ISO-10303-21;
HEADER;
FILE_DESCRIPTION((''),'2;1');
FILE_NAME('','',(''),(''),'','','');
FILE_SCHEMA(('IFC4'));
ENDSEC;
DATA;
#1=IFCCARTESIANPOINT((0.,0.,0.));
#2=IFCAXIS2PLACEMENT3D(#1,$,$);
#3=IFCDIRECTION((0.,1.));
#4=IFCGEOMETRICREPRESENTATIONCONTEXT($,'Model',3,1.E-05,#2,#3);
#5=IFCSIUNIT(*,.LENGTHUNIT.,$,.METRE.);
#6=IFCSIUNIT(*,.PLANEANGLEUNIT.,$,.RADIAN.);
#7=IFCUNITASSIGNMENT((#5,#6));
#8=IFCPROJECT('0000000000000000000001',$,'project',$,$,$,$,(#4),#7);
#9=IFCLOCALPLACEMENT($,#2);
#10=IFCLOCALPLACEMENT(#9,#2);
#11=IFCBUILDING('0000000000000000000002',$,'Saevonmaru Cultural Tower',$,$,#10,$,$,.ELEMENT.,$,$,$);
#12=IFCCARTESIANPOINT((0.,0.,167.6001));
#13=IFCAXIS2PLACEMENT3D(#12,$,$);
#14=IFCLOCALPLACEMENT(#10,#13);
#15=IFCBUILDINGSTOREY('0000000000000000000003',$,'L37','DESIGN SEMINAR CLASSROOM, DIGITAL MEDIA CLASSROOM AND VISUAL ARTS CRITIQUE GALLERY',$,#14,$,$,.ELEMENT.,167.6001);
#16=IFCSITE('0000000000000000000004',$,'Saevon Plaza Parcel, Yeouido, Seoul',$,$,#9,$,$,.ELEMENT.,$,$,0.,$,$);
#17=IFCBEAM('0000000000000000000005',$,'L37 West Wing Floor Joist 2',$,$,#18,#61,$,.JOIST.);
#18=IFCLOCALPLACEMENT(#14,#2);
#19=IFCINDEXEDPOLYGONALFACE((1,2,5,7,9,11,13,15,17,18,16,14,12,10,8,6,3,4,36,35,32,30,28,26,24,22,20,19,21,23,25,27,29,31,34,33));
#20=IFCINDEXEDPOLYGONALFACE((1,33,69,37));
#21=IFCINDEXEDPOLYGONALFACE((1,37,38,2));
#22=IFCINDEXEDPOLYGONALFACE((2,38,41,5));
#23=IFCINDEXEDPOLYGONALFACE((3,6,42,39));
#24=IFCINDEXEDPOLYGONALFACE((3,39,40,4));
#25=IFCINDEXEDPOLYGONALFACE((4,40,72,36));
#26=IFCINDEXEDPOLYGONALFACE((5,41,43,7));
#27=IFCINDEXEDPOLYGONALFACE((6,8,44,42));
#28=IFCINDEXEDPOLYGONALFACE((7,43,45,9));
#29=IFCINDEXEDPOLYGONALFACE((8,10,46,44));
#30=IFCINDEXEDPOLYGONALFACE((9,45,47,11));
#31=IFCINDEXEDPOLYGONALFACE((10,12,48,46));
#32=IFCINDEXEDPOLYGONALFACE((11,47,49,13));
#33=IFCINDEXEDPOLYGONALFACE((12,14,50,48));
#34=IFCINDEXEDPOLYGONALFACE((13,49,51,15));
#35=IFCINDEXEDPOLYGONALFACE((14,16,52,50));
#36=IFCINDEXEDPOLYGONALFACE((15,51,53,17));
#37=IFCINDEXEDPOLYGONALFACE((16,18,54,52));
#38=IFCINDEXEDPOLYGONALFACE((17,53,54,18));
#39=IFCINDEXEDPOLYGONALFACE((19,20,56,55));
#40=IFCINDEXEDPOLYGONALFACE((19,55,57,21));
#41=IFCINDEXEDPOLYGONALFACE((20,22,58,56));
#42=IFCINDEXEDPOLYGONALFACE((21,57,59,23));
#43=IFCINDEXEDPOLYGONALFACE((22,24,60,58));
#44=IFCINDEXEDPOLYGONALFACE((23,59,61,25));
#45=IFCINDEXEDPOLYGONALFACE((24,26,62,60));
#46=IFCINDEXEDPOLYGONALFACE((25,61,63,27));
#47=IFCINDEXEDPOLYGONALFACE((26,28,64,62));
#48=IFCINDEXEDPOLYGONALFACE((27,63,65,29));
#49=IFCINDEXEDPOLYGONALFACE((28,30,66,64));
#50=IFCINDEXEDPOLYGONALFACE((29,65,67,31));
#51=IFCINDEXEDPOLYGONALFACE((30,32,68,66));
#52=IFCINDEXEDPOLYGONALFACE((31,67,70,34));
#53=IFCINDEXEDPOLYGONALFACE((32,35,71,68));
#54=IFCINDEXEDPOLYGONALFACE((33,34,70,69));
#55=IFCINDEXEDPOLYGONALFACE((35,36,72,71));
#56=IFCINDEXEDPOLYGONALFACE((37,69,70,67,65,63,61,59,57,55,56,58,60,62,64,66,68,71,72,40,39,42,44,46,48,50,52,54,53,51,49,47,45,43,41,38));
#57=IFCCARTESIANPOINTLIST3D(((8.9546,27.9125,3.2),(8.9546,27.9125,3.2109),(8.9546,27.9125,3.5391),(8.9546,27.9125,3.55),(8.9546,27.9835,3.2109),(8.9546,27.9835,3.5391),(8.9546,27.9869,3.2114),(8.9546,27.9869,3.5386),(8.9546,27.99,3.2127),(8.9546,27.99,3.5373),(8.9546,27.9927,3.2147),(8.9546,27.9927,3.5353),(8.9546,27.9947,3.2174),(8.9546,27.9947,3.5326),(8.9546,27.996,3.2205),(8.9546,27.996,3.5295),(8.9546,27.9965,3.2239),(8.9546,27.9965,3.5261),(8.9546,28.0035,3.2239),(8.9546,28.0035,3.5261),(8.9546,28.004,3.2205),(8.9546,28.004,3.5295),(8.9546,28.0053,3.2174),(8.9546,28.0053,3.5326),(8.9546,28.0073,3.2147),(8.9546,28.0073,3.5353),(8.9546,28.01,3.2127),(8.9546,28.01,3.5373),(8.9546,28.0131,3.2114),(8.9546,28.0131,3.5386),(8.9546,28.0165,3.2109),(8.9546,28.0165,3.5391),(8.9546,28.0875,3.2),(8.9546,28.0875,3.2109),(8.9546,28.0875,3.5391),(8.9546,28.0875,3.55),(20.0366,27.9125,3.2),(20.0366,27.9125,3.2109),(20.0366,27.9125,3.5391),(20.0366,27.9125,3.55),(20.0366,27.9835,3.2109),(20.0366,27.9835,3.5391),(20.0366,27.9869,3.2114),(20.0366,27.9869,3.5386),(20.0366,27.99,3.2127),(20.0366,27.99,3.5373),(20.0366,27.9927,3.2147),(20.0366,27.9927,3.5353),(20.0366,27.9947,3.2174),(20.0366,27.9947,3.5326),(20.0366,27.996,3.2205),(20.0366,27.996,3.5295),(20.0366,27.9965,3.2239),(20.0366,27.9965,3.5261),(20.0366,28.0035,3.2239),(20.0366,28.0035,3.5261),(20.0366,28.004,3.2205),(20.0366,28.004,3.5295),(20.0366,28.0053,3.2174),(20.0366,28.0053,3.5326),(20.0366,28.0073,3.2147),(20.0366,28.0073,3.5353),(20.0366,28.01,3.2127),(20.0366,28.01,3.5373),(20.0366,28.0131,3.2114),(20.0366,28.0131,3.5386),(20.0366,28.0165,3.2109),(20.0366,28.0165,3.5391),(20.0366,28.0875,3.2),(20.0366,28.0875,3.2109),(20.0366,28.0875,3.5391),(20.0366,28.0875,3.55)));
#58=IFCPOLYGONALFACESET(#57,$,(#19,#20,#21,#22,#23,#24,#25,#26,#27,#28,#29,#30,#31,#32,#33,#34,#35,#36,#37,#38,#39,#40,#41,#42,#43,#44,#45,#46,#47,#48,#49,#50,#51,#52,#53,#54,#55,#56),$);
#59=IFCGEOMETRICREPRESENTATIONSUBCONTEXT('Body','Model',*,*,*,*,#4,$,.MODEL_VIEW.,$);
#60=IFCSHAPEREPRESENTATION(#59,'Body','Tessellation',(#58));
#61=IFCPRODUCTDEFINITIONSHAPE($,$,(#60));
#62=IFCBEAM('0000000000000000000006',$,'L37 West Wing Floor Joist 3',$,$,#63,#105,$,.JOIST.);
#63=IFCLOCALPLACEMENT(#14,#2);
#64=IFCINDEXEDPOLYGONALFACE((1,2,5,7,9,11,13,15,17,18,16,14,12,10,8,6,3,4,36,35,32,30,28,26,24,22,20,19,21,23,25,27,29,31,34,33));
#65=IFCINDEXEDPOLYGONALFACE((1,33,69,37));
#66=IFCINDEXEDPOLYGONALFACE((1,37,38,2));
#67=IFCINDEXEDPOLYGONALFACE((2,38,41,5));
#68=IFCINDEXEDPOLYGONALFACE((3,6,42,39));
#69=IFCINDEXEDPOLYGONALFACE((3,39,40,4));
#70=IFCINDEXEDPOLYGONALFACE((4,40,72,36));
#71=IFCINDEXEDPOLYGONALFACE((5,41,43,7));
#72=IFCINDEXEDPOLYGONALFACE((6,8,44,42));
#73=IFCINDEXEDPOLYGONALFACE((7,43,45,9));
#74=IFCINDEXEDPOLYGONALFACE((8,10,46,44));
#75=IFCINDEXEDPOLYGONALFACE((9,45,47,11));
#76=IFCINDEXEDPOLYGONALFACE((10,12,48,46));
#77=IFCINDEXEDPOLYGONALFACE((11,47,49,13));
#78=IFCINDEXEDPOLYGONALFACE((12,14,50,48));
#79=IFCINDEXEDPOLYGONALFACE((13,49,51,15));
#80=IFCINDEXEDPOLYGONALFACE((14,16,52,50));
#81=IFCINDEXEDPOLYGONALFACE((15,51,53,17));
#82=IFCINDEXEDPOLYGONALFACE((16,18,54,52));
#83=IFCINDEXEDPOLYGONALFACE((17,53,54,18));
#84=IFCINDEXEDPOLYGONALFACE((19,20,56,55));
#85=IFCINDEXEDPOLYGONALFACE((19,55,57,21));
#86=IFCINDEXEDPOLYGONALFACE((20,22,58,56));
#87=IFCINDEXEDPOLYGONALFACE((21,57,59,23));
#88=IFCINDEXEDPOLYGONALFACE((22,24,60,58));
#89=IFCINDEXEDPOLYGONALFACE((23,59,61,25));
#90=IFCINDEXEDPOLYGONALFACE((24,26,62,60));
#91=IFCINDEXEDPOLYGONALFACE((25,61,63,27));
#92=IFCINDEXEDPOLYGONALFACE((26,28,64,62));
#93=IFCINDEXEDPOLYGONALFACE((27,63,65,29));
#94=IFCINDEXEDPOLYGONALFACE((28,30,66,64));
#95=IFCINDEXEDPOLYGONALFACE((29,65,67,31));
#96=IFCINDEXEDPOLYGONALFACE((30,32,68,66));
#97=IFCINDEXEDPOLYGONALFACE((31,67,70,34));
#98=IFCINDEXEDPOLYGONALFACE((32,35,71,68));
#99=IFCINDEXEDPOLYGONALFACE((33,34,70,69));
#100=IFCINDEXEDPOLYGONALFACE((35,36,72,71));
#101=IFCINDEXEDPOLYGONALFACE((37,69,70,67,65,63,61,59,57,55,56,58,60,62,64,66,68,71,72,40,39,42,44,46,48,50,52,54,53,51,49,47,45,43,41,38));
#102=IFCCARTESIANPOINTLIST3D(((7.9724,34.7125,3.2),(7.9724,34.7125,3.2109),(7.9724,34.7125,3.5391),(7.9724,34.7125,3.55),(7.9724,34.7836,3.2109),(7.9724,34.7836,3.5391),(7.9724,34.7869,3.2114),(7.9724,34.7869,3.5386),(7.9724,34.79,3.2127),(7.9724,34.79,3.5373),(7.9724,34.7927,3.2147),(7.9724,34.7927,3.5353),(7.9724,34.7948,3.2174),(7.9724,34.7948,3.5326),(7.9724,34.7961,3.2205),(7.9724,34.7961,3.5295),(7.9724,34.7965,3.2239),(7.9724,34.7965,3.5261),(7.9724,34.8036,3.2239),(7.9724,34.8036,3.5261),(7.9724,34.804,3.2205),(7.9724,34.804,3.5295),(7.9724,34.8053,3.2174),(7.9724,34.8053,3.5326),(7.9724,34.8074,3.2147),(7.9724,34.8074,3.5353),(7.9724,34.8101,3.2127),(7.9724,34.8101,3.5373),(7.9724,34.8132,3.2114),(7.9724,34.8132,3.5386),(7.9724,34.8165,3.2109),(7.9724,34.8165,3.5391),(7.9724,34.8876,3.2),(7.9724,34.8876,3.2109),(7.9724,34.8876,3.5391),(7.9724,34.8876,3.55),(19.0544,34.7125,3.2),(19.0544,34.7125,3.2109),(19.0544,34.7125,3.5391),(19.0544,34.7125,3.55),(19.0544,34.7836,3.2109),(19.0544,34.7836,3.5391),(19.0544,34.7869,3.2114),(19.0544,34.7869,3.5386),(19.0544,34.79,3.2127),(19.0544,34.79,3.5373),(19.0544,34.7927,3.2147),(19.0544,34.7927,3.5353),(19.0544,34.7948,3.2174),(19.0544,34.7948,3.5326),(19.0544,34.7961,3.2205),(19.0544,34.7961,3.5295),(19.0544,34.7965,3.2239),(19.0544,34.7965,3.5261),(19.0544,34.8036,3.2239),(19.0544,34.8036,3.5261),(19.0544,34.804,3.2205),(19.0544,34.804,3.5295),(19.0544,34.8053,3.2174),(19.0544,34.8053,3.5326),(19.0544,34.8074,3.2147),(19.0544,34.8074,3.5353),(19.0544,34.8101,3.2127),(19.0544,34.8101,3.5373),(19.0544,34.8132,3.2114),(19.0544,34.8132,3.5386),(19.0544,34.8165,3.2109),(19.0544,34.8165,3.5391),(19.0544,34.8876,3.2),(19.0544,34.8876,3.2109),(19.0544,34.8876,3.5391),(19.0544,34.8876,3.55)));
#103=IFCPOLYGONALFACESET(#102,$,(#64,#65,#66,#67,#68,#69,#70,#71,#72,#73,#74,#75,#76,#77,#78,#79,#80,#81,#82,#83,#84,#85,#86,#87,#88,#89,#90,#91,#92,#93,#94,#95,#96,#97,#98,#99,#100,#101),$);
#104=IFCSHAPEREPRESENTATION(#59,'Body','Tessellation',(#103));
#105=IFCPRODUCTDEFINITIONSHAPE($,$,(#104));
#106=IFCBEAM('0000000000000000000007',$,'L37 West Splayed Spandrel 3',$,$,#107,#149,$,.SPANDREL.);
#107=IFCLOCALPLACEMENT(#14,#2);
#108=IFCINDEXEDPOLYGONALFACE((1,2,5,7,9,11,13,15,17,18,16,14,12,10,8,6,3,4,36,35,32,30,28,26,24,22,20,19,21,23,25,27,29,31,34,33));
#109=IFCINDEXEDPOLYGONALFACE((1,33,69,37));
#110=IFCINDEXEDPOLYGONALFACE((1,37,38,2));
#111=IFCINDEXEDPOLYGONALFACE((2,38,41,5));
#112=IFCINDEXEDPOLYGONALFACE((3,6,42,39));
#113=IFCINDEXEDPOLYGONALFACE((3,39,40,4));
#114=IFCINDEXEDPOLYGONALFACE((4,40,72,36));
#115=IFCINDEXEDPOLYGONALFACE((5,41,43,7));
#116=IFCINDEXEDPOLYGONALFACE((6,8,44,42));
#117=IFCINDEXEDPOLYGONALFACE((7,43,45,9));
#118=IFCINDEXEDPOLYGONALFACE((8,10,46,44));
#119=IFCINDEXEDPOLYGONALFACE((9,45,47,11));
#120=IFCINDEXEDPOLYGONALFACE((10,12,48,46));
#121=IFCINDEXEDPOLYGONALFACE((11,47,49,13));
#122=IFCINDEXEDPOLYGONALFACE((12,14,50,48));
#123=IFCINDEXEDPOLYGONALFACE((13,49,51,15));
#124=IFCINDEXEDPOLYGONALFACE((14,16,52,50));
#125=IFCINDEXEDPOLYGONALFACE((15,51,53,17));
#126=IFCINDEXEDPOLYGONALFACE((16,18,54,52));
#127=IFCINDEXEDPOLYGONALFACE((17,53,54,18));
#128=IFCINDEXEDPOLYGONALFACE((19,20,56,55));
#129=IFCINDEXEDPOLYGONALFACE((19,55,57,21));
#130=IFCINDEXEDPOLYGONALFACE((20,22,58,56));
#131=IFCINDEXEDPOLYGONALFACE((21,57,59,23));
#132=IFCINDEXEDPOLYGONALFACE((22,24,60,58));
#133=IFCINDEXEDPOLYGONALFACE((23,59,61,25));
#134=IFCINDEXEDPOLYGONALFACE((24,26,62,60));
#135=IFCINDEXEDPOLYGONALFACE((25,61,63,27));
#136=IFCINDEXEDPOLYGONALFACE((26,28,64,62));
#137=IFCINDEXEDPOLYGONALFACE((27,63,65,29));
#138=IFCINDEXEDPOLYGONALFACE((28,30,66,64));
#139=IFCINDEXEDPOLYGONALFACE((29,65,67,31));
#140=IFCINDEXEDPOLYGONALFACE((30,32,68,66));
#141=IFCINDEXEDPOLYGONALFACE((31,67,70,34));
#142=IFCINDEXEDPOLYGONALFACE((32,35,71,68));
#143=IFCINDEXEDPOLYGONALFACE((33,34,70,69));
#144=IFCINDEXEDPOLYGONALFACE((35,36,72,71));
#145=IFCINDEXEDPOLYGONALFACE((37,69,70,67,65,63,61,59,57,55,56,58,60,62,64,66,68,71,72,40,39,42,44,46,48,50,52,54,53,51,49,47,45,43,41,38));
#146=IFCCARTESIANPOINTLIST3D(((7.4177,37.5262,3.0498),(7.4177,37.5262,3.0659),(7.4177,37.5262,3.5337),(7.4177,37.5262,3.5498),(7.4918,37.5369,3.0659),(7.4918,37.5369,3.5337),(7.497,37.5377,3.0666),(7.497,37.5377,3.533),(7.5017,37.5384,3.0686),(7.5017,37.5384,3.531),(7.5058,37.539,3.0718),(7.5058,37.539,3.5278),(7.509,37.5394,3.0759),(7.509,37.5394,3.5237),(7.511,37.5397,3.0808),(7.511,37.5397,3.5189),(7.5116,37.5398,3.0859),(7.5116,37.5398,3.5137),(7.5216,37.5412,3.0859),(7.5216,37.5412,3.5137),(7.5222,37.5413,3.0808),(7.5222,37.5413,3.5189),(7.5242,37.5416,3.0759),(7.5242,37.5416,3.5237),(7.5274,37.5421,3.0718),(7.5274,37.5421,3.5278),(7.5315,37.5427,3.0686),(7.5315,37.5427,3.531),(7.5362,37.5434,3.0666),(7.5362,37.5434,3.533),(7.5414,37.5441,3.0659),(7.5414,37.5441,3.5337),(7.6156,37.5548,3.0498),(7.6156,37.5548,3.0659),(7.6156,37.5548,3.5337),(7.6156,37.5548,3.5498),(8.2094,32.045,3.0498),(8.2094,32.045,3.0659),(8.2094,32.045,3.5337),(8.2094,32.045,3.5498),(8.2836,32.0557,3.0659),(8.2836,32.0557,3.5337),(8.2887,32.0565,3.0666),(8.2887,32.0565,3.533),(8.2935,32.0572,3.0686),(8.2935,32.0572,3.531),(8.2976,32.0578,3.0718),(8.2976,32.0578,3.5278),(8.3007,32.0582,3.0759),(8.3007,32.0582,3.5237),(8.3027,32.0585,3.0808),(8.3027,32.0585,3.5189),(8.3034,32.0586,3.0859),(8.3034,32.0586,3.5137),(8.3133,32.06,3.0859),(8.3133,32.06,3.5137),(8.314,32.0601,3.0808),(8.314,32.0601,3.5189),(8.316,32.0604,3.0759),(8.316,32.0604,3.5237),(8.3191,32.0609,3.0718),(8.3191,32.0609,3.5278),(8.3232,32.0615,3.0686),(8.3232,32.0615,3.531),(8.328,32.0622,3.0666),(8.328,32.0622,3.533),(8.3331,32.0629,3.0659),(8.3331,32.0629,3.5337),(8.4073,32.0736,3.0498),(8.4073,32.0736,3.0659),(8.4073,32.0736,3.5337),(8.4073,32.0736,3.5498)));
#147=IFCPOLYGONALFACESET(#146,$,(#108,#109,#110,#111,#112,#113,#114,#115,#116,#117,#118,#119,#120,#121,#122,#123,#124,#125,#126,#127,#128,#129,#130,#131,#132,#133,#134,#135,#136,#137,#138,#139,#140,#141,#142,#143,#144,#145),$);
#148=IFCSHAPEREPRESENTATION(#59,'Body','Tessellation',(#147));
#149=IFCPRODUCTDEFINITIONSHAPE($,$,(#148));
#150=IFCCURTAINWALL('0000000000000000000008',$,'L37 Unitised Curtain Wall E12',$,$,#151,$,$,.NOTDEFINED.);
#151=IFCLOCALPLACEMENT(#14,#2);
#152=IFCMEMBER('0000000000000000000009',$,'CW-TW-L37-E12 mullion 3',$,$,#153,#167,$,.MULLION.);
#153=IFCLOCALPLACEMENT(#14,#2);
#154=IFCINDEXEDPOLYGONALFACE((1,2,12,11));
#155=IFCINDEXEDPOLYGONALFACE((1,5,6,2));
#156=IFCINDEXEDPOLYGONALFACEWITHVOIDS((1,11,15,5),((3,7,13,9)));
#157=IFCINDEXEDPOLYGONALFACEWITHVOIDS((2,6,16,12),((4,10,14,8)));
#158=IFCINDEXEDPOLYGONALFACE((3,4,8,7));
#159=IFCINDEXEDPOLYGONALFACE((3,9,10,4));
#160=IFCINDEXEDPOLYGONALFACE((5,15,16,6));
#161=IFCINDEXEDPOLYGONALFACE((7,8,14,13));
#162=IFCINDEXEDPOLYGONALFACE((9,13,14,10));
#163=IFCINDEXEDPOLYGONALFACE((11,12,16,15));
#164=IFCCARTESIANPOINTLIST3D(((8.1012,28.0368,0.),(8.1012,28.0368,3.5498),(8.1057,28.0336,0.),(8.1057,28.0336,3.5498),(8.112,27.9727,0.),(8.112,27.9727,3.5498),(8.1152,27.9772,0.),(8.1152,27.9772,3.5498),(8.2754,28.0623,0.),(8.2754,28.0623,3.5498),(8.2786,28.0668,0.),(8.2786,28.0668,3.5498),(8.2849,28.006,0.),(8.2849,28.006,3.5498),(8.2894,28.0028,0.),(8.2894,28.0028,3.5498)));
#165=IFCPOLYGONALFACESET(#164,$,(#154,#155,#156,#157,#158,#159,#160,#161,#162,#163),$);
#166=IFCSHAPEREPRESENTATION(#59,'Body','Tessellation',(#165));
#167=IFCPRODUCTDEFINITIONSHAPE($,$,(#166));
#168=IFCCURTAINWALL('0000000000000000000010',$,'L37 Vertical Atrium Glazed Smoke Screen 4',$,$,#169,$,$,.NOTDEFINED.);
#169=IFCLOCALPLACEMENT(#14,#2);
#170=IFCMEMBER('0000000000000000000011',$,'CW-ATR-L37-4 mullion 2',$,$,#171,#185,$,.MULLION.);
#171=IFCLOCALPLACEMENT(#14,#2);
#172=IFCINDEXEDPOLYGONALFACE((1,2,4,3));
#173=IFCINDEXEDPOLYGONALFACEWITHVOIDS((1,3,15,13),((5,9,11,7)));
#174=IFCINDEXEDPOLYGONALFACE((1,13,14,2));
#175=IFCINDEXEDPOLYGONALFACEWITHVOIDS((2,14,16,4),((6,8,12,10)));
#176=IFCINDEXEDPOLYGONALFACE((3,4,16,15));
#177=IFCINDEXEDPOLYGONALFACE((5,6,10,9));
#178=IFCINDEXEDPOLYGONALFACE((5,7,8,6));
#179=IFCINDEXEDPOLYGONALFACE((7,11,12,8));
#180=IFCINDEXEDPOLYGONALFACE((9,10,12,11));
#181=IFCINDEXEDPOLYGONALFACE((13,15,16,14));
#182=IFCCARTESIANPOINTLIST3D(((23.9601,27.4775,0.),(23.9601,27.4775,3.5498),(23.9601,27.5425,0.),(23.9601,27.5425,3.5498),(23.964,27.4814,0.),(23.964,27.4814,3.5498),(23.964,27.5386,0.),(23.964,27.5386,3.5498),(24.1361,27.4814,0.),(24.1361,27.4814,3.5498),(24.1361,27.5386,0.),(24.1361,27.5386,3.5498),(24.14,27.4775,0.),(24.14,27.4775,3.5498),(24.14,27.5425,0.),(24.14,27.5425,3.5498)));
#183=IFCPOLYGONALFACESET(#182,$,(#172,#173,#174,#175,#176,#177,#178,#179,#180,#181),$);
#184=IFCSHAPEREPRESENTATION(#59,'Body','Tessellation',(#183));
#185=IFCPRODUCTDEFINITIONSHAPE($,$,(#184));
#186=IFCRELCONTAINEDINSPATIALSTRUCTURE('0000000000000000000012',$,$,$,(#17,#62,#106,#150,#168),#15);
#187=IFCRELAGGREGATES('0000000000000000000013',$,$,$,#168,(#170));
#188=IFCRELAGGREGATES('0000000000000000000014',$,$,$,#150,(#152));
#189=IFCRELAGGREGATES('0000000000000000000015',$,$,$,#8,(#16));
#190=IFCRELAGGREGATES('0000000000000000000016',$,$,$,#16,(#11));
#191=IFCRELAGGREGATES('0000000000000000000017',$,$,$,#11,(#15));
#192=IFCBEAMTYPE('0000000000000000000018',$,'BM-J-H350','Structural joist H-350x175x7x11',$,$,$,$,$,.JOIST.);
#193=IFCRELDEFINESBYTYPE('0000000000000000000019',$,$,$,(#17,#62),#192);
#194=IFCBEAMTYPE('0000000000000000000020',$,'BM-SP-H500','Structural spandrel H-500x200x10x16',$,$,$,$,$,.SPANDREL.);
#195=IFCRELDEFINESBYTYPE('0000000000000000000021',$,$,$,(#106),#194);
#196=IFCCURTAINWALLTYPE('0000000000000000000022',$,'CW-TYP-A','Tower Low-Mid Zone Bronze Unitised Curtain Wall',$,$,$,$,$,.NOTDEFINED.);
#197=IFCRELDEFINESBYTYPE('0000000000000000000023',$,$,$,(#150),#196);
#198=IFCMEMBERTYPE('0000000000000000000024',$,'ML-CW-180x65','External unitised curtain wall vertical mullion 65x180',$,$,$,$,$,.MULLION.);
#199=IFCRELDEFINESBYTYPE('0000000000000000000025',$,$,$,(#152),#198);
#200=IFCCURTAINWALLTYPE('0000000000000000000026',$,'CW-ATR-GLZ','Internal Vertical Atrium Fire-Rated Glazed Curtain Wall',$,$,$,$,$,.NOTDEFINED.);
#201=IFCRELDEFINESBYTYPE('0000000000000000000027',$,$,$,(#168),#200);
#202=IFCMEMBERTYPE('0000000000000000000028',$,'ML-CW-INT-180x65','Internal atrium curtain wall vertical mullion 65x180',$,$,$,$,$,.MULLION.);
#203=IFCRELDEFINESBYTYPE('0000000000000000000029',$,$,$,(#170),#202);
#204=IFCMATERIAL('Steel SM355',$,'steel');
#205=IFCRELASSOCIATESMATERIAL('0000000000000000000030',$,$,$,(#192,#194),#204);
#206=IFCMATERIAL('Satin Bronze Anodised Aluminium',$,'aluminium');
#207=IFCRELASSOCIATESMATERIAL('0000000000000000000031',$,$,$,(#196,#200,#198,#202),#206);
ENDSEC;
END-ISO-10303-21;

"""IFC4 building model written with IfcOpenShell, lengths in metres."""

from ifc_helpers import new_model, si_unit, direction, frame, origin, origin_2d, place, context, subcontext, project, spatial, hollow_rectangle, i_section, extrude, material, material_profile, profile_set, type_object, element, aggregate, save


model = new_model("IFC4")

# Units and contexts
model_context = context("Model", 3, precision=1e-05, world=origin(), true_north=direction((0.0, 1.0)))
body_context = subcontext(model_context, "Body", "Model", "MODEL_VIEW")
ifc_project = project(units=[si_unit("LENGTHUNIT", "METRE"), si_unit("PLANEANGLEUNIT", "RADIAN")], contexts=[model_context])

# Site, building, storey
site_placement = place(None, origin())
site = spatial("IfcSite", under=ifc_project, at=site_placement, Name="Saevon Plaza Parcel, Yeouido, Seoul", CompositionType="ELEMENT", RefElevation=0.0)
building_placement = place(site_placement, origin())
building = spatial("IfcBuilding", under=site, at=building_placement, Name="Saevonmaru Cultural Tower", CompositionType="ELEMENT")
storey_placement = place(building_placement, frame((0.0, 0.0, 167.6001)))
storey = spatial("IfcBuildingStorey", under=building, at=storey_placement, Name="L37", Description="DESIGN SEMINAR CLASSROOM, DIGITAL MEDIA CLASSROOM AND VISUAL ARTS CRITIQUE GALLERY", CompositionType="ELEMENT", Elevation=167.6001)

# Shared definitions
ifc_material_1 = material(Name="Steel SM355", Category="steel")

# Beams
ifc_material_profile_1 = material_profile(ifc_material_1, i_section(OverallWidth=0.175, OverallDepth=0.3501, WebThickness=0.0071, FlangeThickness=0.011, FilletRadius=0.0129, at=origin_2d()), Name="H-350x175x7x11")
ifc_profile_set_1 = profile_set([ifc_material_profile_1], Name="Steel SM355")
beam_type_1 = type_object("IfcBeamType", Name="BM-J-H350", Description="Structural joist H-350x175x7x11", PredefinedType="JOIST", material=ifc_profile_set_1)
for number, where, z_axis, x_axis, name in (
    (1, (8.9546, 28.0, 3.375), (1.0, 0.0, 0.0), (0.0, 1.0, 0.0), "L37 West Wing Floor Joist 2"),
    (2, (7.9724, 34.8, 3.375), (1.0, 0.0, 0.0), (0.0, 1.0, 0.0), "L37 West Wing Floor Joist 3"),
):
    element("IfcBeam", number, at=place(storey_placement, frame(where, z_axis=z_axis, x_axis=x_axis)), inside=storey, type_object=beam_type_1, Name=name, PredefinedType="JOIST", context=body_context, shape_type="SweptSolid", body=[
        extrude(i_section(OverallWidth=0.175, OverallDepth=0.3501, WebThickness=0.0071, FlangeThickness=0.011, FilletRadius=0.0129, at=origin_2d()), origin(), (0.0, 0.0, 1.0), 11.082),
    ])
ifc_material_profile_2 = material_profile(ifc_material_1, i_section(OverallWidth=0.2, OverallDepth=0.5, WebThickness=0.01, FlangeThickness=0.0161, FilletRadius=0.02, at=origin_2d()), Name="H-500x200x10x16")
ifc_profile_set_2 = profile_set([ifc_material_profile_2], Name="Steel SM355")
beam_type_2 = type_object("IfcBeamType", Name="BM-SP-H500", Description="Structural spandrel H-500x200x10x16", PredefinedType="SPANDREL", material=ifc_profile_set_2)
beam_1_placement = place(storey_placement, frame((8.3083, 32.0593, 3.2998), z_axis=(-0.142964, 0.989728, 0.0), x_axis=(-0.989728, -0.142964, 0.0)))
element("IfcBeam", 3, at=beam_1_placement, inside=storey, type_object=beam_type_2, Name="L37 West Splayed Spandrel 3", PredefinedType="SPANDREL", context=body_context, shape_type="SweptSolid", body=[
    extrude(i_section(OverallWidth=0.2, OverallDepth=0.5, WebThickness=0.01, FlangeThickness=0.0161, FilletRadius=0.02, at=origin_2d()), origin(), (0.0, 0.0, 1.0), 5.5381),
])

# Curtain walls, members
ifc_material_2 = material(Name="Satin Bronze Anodised Aluminium", Category="aluminium")
curtain_wall_type_1 = type_object("IfcCurtainWallType", Name="CW-TYP-A", Description="Tower Low-Mid Zone Bronze Unitised Curtain Wall", PredefinedType="NOTDEFINED", material=ifc_material_2)
curtain_wall_1_placement = place(storey_placement, origin())
curtain_wall_1 = element("IfcCurtainWall", 4, at=curtain_wall_1_placement, inside=storey, type_object=curtain_wall_type_1, Name="L37 Unitised Curtain Wall E12", PredefinedType="NOTDEFINED")
ifc_material_profile_3 = material_profile(ifc_material_2, hollow_rectangle(XDim=0.0649, YDim=0.1799, WallThickness=0.0039, at=origin_2d()), Name="ALU-MULL-180x65x4")
ifc_profile_set_3 = profile_set([ifc_material_profile_3], Name="Satin Bronze Anodised Aluminium")
member_type_1 = type_object("IfcMemberType", Name="ML-CW-180x65", Description="External unitised curtain wall vertical mullion 65x180", PredefinedType="MULLION", material=ifc_profile_set_3)
member_1_placement = place(storey_placement, frame((8.1953, 28.0198, 0.0), z_axis=(0.0, 0.0, 1.0), x_axis=(0.166922, -0.98597, 0.0)))
member_1 = element("IfcMember", 5, at=member_1_placement, type_object=member_type_1, Name="CW-TW-L37-E12 mullion 3", PredefinedType="MULLION", context=body_context, shape_type="SweptSolid", body=[
    extrude(hollow_rectangle(XDim=0.0649, YDim=0.1799, WallThickness=0.0039, at=origin_2d()), origin(), (0.0, 0.0, 1.0), 3.5498),
])
curtain_wall_type_2 = type_object("IfcCurtainWallType", Name="CW-ATR-GLZ", Description="Internal Vertical Atrium Fire-Rated Glazed Curtain Wall", PredefinedType="NOTDEFINED", material=ifc_material_2)
curtain_wall_2_placement = place(storey_placement, origin())
curtain_wall_2 = element("IfcCurtainWall", 6, at=curtain_wall_2_placement, inside=storey, type_object=curtain_wall_type_2, Name="L37 Vertical Atrium Glazed Smoke Screen 4", PredefinedType="NOTDEFINED")
ifc_material_profile_4 = material_profile(ifc_material_2, hollow_rectangle(XDim=0.0649, YDim=0.1799, WallThickness=0.0039, at=origin_2d()), Name="ALU-MULL-180x65x4")
ifc_profile_set_4 = profile_set([ifc_material_profile_4], Name="Satin Bronze Anodised Aluminium")
member_type_2 = type_object("IfcMemberType", Name="ML-CW-INT-180x65", Description="Internal atrium curtain wall vertical mullion 65x180", PredefinedType="MULLION", material=ifc_profile_set_4)
member_2_placement = place(storey_placement, frame((24.05, 27.51, 0.0), z_axis=(0.0, 0.0, 1.0), x_axis=(0.0, -1.0, 0.0)))
member_2 = element("IfcMember", 7, at=member_2_placement, type_object=member_type_2, Name="CW-ATR-L37-4 mullion 2", PredefinedType="MULLION", context=body_context, shape_type="SweptSolid", body=[
    extrude(hollow_rectangle(XDim=0.0649, YDim=0.1799, WallThickness=0.0039, at=origin_2d()), origin(), (0.0, 0.0, 1.0), 3.5498),
])

aggregate(curtain_wall_2, [member_2])
aggregate(curtain_wall_1, [member_1])

save(model, "model.ifc")
